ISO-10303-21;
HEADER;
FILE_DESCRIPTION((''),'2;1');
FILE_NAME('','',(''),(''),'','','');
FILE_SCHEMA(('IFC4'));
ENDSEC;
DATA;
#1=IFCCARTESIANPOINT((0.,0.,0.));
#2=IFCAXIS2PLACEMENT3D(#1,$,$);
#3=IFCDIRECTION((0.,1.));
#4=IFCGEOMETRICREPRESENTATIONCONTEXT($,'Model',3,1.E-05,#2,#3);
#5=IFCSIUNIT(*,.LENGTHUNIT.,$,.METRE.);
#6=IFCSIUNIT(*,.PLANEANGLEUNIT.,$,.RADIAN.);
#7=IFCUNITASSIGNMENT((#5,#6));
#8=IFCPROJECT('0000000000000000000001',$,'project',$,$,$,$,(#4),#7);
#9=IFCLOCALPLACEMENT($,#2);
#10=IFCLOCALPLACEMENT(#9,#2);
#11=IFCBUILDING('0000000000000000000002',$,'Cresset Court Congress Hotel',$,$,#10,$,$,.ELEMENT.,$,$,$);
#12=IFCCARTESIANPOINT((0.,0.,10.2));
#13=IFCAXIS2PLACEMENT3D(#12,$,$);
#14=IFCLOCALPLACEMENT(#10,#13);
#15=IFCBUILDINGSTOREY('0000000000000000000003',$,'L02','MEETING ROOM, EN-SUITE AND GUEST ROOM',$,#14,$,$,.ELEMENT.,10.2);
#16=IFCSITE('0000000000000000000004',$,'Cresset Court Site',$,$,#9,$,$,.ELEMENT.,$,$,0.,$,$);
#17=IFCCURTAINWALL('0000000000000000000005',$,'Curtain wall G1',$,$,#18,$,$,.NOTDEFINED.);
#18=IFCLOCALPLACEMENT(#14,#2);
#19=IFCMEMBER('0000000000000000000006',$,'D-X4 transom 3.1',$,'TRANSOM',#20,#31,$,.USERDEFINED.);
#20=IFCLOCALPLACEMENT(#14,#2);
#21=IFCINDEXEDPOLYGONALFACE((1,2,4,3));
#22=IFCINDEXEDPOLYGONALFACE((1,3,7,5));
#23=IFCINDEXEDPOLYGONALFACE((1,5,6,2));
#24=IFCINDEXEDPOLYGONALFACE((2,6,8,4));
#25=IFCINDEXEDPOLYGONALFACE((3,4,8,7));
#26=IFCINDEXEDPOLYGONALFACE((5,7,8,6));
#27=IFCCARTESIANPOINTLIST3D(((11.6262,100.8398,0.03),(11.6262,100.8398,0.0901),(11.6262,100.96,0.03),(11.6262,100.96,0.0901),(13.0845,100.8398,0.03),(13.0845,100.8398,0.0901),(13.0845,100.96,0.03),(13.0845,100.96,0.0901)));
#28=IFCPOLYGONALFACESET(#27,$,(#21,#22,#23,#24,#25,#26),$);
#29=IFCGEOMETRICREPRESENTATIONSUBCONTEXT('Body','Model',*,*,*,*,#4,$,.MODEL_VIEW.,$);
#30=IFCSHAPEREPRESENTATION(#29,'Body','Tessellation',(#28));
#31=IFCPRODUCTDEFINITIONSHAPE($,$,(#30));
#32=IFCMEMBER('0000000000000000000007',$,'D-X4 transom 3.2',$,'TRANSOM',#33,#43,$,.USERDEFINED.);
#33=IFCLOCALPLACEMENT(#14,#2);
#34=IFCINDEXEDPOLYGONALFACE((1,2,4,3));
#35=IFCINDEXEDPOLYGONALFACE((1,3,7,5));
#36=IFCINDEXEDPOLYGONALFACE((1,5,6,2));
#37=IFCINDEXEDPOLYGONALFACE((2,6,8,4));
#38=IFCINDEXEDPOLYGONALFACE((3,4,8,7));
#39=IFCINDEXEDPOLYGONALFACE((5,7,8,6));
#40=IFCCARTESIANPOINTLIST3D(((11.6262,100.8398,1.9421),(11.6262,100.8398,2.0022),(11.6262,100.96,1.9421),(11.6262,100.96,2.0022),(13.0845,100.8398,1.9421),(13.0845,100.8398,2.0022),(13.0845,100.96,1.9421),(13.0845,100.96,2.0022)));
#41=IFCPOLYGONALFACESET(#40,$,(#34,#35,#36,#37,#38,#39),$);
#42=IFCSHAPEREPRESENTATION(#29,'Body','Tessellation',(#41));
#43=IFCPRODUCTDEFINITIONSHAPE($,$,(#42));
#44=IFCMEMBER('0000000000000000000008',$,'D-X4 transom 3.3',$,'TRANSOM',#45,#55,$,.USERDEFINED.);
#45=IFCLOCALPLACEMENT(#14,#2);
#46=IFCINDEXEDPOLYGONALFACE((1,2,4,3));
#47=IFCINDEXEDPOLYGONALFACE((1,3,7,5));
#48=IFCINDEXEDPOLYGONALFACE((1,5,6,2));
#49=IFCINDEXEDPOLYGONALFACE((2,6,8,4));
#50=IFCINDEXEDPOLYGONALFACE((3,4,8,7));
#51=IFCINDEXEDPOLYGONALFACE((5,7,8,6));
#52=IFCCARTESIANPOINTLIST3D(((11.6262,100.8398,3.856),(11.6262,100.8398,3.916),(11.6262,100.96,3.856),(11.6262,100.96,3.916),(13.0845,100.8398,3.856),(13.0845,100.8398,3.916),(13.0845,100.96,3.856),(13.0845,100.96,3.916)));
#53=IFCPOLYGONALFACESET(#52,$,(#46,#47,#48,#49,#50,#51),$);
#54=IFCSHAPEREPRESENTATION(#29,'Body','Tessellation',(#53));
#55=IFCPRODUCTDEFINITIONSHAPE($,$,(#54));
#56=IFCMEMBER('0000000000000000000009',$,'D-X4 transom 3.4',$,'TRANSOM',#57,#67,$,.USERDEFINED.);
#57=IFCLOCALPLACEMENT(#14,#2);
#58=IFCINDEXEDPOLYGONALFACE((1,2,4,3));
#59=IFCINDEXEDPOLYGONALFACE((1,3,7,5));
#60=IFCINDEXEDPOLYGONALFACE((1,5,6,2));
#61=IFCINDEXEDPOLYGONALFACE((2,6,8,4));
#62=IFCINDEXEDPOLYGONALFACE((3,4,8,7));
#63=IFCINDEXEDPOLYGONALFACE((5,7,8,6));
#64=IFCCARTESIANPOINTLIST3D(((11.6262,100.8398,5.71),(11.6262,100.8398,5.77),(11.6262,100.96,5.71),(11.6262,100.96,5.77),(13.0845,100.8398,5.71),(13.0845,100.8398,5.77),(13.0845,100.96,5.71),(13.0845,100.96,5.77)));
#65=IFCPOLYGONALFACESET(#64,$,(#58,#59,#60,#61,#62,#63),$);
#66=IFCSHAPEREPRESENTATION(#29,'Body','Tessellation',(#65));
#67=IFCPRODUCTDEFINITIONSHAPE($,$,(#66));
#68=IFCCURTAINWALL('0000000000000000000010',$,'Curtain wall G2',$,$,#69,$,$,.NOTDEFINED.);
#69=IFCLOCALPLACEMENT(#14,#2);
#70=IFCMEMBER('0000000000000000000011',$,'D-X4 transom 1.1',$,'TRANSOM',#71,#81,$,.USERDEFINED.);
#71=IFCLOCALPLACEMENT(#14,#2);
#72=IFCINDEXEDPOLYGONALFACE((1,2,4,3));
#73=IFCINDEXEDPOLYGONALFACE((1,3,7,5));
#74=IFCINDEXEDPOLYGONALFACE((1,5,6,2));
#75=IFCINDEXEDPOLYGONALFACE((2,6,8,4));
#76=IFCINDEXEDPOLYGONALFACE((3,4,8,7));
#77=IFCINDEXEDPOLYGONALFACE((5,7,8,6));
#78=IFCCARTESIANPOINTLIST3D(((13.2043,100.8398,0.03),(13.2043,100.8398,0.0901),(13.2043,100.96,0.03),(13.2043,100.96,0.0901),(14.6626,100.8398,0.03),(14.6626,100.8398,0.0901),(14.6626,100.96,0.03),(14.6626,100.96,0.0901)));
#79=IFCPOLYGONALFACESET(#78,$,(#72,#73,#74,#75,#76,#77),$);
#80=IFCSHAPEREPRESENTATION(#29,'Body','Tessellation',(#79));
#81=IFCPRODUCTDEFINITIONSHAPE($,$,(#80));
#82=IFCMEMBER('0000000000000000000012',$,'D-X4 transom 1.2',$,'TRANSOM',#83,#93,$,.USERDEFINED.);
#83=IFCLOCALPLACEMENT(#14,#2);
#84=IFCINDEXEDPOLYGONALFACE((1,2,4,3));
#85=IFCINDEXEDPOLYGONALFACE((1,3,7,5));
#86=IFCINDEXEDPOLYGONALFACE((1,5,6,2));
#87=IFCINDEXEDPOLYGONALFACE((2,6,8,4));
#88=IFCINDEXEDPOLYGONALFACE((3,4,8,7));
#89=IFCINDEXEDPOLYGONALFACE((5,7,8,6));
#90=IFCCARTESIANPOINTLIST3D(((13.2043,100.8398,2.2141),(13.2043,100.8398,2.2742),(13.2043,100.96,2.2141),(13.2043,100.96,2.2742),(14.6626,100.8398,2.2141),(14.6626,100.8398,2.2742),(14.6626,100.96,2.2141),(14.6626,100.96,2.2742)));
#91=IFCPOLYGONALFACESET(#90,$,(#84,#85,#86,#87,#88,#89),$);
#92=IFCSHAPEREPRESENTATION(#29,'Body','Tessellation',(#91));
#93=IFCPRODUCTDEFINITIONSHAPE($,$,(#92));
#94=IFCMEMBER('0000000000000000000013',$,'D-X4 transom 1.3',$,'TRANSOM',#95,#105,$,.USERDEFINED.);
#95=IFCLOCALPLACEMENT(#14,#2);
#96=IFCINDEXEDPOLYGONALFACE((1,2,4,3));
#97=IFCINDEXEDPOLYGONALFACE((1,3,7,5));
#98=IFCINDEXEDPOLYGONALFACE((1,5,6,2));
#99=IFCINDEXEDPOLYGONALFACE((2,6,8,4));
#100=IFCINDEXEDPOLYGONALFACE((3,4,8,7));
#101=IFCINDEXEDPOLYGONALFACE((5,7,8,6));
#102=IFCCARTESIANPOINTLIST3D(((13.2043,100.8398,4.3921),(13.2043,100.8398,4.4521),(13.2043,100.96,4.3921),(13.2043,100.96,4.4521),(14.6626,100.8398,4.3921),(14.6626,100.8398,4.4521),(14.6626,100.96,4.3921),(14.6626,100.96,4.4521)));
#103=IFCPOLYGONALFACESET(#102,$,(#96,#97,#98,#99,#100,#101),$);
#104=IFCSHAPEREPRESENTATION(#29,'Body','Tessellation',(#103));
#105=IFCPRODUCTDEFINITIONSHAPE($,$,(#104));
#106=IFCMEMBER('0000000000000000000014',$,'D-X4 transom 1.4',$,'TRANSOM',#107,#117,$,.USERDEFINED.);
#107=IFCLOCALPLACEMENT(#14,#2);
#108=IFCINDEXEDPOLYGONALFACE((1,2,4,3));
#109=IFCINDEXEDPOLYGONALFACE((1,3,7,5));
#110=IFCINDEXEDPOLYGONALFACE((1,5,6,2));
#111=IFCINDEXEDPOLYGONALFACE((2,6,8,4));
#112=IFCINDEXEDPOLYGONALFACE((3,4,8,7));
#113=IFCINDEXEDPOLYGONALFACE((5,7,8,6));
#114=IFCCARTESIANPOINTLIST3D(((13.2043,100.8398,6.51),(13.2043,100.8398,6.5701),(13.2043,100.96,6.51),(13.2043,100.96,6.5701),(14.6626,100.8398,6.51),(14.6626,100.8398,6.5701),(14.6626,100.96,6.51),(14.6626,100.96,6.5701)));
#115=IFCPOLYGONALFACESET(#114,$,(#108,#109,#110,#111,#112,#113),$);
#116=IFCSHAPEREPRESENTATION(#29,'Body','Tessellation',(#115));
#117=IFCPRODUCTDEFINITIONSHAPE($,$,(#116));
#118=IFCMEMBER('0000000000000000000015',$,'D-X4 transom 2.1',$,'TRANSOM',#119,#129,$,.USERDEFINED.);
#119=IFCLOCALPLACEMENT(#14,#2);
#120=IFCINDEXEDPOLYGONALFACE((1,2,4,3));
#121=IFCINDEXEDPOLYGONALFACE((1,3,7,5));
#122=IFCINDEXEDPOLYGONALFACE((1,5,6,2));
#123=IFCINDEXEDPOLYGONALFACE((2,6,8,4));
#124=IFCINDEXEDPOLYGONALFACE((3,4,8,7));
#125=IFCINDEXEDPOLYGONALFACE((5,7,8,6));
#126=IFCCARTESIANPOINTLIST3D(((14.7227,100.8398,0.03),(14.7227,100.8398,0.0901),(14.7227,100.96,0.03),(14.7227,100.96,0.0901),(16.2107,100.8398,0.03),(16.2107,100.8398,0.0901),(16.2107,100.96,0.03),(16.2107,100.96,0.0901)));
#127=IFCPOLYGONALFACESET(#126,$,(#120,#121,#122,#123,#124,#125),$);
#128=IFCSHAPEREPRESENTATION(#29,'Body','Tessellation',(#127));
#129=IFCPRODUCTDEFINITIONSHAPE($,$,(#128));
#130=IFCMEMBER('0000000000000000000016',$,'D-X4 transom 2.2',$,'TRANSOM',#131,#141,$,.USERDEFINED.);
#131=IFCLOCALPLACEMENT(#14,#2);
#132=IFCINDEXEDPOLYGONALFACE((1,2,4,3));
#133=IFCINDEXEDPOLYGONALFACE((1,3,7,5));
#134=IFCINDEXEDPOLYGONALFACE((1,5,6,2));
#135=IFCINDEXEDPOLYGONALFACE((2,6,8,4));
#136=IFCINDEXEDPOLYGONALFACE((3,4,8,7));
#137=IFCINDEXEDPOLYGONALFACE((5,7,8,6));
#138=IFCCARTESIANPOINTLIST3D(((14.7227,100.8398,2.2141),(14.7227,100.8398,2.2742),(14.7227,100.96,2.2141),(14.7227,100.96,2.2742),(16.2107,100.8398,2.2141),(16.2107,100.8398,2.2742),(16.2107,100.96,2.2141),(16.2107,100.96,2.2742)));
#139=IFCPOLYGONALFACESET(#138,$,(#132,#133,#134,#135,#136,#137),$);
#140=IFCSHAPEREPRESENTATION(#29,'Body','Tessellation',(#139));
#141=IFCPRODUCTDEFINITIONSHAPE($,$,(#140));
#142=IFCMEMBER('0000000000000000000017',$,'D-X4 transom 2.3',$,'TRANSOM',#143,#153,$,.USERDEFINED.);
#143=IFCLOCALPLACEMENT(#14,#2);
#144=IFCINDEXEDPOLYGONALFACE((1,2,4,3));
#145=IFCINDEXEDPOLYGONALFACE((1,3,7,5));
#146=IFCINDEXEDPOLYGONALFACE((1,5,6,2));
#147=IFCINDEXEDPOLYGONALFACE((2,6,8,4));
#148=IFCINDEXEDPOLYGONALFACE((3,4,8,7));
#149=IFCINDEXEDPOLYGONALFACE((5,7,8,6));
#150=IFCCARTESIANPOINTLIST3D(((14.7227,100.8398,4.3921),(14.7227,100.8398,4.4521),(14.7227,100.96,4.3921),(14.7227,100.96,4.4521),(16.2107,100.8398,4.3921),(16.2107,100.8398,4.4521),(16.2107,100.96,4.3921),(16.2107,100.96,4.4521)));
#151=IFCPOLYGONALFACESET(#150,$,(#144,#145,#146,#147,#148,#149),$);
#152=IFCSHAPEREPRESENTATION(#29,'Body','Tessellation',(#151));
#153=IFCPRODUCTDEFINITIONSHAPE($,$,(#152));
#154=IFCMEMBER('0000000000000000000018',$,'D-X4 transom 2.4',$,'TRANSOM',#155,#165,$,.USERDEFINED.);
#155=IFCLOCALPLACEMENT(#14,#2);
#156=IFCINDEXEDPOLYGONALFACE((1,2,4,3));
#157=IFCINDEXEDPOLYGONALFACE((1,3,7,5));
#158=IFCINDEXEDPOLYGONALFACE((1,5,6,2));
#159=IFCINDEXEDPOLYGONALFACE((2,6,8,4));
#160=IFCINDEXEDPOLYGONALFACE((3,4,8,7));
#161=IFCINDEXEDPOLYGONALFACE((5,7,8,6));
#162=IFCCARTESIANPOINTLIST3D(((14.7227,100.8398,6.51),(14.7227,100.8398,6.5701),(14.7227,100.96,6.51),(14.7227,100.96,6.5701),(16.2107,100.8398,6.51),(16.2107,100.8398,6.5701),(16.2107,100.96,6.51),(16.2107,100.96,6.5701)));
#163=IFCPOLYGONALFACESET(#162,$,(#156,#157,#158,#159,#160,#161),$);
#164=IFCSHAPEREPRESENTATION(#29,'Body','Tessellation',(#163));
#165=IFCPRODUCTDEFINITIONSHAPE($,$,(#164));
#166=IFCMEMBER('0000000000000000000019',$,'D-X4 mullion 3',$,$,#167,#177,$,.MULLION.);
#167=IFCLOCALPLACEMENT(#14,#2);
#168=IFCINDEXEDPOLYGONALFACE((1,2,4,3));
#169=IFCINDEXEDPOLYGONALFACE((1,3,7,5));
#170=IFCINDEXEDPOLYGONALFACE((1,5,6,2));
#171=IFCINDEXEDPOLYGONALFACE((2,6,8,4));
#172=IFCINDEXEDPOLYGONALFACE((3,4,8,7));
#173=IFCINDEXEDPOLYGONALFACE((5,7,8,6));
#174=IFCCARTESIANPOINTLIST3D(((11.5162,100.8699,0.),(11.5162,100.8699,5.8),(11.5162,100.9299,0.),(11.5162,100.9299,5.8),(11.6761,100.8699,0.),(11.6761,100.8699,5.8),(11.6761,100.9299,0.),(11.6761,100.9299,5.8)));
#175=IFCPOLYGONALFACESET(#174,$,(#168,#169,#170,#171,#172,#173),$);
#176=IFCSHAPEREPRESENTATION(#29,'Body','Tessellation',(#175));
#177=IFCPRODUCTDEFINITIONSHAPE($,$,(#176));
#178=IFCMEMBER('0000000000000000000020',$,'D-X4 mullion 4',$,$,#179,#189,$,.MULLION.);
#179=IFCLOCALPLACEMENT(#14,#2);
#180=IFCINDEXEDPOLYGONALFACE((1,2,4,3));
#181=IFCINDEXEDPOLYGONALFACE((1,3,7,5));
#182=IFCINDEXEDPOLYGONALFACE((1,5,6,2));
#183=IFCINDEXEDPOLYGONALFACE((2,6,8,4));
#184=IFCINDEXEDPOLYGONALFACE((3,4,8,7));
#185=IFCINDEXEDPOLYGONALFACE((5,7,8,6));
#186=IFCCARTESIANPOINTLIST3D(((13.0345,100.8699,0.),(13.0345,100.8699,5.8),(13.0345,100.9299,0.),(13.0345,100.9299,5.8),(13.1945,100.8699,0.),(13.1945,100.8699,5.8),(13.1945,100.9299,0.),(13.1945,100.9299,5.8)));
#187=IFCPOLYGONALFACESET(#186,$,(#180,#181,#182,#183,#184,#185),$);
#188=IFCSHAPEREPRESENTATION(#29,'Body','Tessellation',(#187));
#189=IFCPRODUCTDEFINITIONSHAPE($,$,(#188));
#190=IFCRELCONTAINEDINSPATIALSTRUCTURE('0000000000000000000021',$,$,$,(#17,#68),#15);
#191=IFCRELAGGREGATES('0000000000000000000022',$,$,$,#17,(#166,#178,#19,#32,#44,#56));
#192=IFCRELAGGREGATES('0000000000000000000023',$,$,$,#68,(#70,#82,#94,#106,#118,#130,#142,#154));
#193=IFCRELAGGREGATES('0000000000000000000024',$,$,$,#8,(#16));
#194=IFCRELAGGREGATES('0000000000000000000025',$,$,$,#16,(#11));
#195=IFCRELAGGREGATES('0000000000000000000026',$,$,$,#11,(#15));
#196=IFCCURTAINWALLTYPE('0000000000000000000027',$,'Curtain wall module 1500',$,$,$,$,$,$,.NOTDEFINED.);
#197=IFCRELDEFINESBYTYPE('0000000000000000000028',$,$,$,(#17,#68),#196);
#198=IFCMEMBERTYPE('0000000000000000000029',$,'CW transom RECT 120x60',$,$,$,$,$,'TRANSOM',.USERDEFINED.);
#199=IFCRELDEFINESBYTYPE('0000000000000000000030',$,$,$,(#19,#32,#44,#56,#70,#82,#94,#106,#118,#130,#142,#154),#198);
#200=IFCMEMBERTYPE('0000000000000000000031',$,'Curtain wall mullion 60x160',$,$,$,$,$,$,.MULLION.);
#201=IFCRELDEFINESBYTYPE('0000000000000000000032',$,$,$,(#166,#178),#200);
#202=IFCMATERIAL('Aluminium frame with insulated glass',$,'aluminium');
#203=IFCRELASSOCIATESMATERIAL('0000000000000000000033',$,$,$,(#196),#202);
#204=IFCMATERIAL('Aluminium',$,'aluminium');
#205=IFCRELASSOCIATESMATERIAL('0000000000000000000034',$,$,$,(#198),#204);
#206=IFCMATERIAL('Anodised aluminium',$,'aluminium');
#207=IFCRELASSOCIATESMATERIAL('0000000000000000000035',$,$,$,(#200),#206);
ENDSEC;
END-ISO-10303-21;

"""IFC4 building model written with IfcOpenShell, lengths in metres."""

from ifc_helpers import new_model, si_unit, direction, frame, origin, origin_2d, place, context, subcontext, project, spatial, rectangle, extrude, material, material_profile, profile_set, type_object, element, aggregate, save


model = new_model("IFC4")

# Units and contexts
model_context = context("Model", 3, precision=1e-05, world=origin(), true_north=direction((0.0, 1.0)))
body_context = subcontext(model_context, "Body", "Model", "MODEL_VIEW")
ifc_project = project(units=[si_unit("LENGTHUNIT", "METRE"), si_unit("PLANEANGLEUNIT", "RADIAN")], contexts=[model_context])

# Site, building, storey
site_placement = place(None, origin())
site = spatial("IfcSite", under=ifc_project, at=site_placement, Name="Cresset Court Site", CompositionType="ELEMENT", RefElevation=0.0)
building_placement = place(site_placement, origin())
building = spatial("IfcBuilding", under=site, at=building_placement, Name="Cresset Court Congress Hotel", CompositionType="ELEMENT")
storey_placement = place(building_placement, frame((0.0, 0.0, 10.2)))
storey = spatial("IfcBuildingStorey", under=building, at=storey_placement, Name="L02", Description="MEETING ROOM, EN-SUITE AND GUEST ROOM", CompositionType="ELEMENT", Elevation=10.2)

# Curtain walls, members
ifc_material_1 = material(Name="Aluminium frame with insulated glass", Category="aluminium")
curtain_wall_type = type_object("IfcCurtainWallType", Name="Curtain wall module 1500", PredefinedType="NOTDEFINED", material=ifc_material_1)
curtain_wall_1_placement = place(storey_placement, origin())
curtain_wall_1 = element("IfcCurtainWall", 1, at=curtain_wall_1_placement, inside=storey, type_object=curtain_wall_type, Name="Curtain wall G1", PredefinedType="NOTDEFINED")
ifc_material_2 = material(Name="Aluminium", Category="aluminium")
ifc_material_profile_1 = material_profile(ifc_material_2, rectangle(XDim=0.1201, YDim=0.0601, at=origin_2d()), Name="AL 120x60")
ifc_profile_set_1 = profile_set([ifc_material_profile_1], Name="Aluminium")
member_type_1 = type_object("IfcMemberType", Name="CW transom RECT 120x60", ElementType="TRANSOM", PredefinedType="USERDEFINED", material=ifc_profile_set_1)
member_1_placement = place(storey_placement, frame((11.6262, 100.8999, 0.0601), z_axis=(1.0, 0.0, 0.0), x_axis=(0.0, 1.0, 0.0)))
member_1 = element("IfcMember", 2, at=member_1_placement, type_object=member_type_1, Name="D-X4 transom 3.1", ObjectType="TRANSOM", PredefinedType="USERDEFINED", context=body_context, shape_type="SweptSolid", body=[
    extrude(rectangle(XDim=0.1201, YDim=0.0601, at=origin_2d()), origin(), (0.0, 0.0, 1.0), 1.4583),
])
member_2_placement = place(storey_placement, frame((11.6262, 100.8999, 1.9722), z_axis=(1.0, 0.0, 0.0), x_axis=(0.0, 1.0, 0.0)))
member_2 = element("IfcMember", 3, at=member_2_placement, type_object=member_type_1, Name="D-X4 transom 3.2", ObjectType="TRANSOM", PredefinedType="USERDEFINED", context=body_context, shape_type="SweptSolid", body=[
    extrude(rectangle(XDim=0.1201, YDim=0.0601, at=origin_2d()), origin(), (0.0, 0.0, 1.0), 1.4583),
])
member_3_placement = place(storey_placement, frame((11.6262, 100.8999, 3.886), z_axis=(1.0, 0.0, 0.0), x_axis=(0.0, 1.0, 0.0)))
member_3 = element("IfcMember", 4, at=member_3_placement, type_object=member_type_1, Name="D-X4 transom 3.3", ObjectType="TRANSOM", PredefinedType="USERDEFINED", context=body_context, shape_type="SweptSolid", body=[
    extrude(rectangle(XDim=0.1201, YDim=0.0601, at=origin_2d()), origin(), (0.0, 0.0, 1.0), 1.4583),
])
member_4_placement = place(storey_placement, frame((11.6262, 100.8999, 5.74), z_axis=(1.0, 0.0, 0.0), x_axis=(0.0, 1.0, 0.0)))
member_4 = element("IfcMember", 5, at=member_4_placement, type_object=member_type_1, Name="D-X4 transom 3.4", ObjectType="TRANSOM", PredefinedType="USERDEFINED", context=body_context, shape_type="SweptSolid", body=[
    extrude(rectangle(XDim=0.1201, YDim=0.0601, at=origin_2d()), origin(), (0.0, 0.0, 1.0), 1.4583),
])
curtain_wall_2_placement = place(storey_placement, origin())
curtain_wall_2 = element("IfcCurtainWall", 6, at=curtain_wall_2_placement, inside=storey, type_object=curtain_wall_type, Name="Curtain wall G2", PredefinedType="NOTDEFINED")
member_5_placement = place(storey_placement, frame((13.2043, 100.8999, 0.0601), z_axis=(1.0, 0.0, 0.0), x_axis=(0.0, 1.0, 0.0)))
member_5 = element("IfcMember", 7, at=member_5_placement, type_object=member_type_1, Name="D-X4 transom 1.1", ObjectType="TRANSOM", PredefinedType="USERDEFINED", context=body_context, shape_type="SweptSolid", body=[
    extrude(rectangle(XDim=0.1201, YDim=0.0601, at=origin_2d()), origin(), (0.0, 0.0, 1.0), 1.4583),
])
member_6_placement = place(storey_placement, frame((13.2043, 100.8999, 2.2441), z_axis=(1.0, 0.0, 0.0), x_axis=(0.0, 1.0, 0.0)))
member_6 = element("IfcMember", 8, at=member_6_placement, type_object=member_type_1, Name="D-X4 transom 1.2", ObjectType="TRANSOM", PredefinedType="USERDEFINED", context=body_context, shape_type="SweptSolid", body=[
    extrude(rectangle(XDim=0.1201, YDim=0.0601, at=origin_2d()), origin(), (0.0, 0.0, 1.0), 1.4583),
])
member_7_placement = place(storey_placement, frame((13.2043, 100.8999, 4.4221), z_axis=(1.0, 0.0, 0.0), x_axis=(0.0, 1.0, 0.0)))
member_7 = element("IfcMember", 9, at=member_7_placement, type_object=member_type_1, Name="D-X4 transom 1.3", ObjectType="TRANSOM", PredefinedType="USERDEFINED", context=body_context, shape_type="SweptSolid", body=[
    extrude(rectangle(XDim=0.1201, YDim=0.0601, at=origin_2d()), origin(), (0.0, 0.0, 1.0), 1.4583),
])
member_8_placement = place(storey_placement, frame((13.2043, 100.8999, 6.54), z_axis=(1.0, 0.0, 0.0), x_axis=(0.0, 1.0, 0.0)))
member_8 = element("IfcMember", 10, at=member_8_placement, type_object=member_type_1, Name="D-X4 transom 1.4", ObjectType="TRANSOM", PredefinedType="USERDEFINED", context=body_context, shape_type="SweptSolid", body=[
    extrude(rectangle(XDim=0.1201, YDim=0.0601, at=origin_2d()), origin(), (0.0, 0.0, 1.0), 1.4583),
])
member_9_placement = place(storey_placement, frame((14.7227, 100.8999, 0.0601), z_axis=(1.0, 0.0, 0.0), x_axis=(0.0, 1.0, 0.0)))
member_9 = element("IfcMember", 11, at=member_9_placement, type_object=member_type_1, Name="D-X4 transom 2.1", ObjectType="TRANSOM", PredefinedType="USERDEFINED", context=body_context, shape_type="SweptSolid", body=[
    extrude(rectangle(XDim=0.1201, YDim=0.0601, at=origin_2d()), origin(), (0.0, 0.0, 1.0), 1.488),
])
member_10_placement = place(storey_placement, frame((14.7227, 100.8999, 2.2441), z_axis=(1.0, 0.0, 0.0), x_axis=(0.0, 1.0, 0.0)))
member_10 = element("IfcMember", 12, at=member_10_placement, type_object=member_type_1, Name="D-X4 transom 2.2", ObjectType="TRANSOM", PredefinedType="USERDEFINED", context=body_context, shape_type="SweptSolid", body=[
    extrude(rectangle(XDim=0.1201, YDim=0.0601, at=origin_2d()), origin(), (0.0, 0.0, 1.0), 1.488),
])
member_11_placement = place(storey_placement, frame((14.7227, 100.8999, 4.4221), z_axis=(1.0, 0.0, 0.0), x_axis=(0.0, 1.0, 0.0)))
member_11 = element("IfcMember", 13, at=member_11_placement, type_object=member_type_1, Name="D-X4 transom 2.3", ObjectType="TRANSOM", PredefinedType="USERDEFINED", context=body_context, shape_type="SweptSolid", body=[
    extrude(rectangle(XDim=0.1201, YDim=0.0601, at=origin_2d()), origin(), (0.0, 0.0, 1.0), 1.488),
])
member_12_placement = place(storey_placement, frame((14.7227, 100.8999, 6.54), z_axis=(1.0, 0.0, 0.0), x_axis=(0.0, 1.0, 0.0)))
member_12 = element("IfcMember", 14, at=member_12_placement, type_object=member_type_1, Name="D-X4 transom 2.4", ObjectType="TRANSOM", PredefinedType="USERDEFINED", context=body_context, shape_type="SweptSolid", body=[
    extrude(rectangle(XDim=0.1201, YDim=0.0601, at=origin_2d()), origin(), (0.0, 0.0, 1.0), 1.488),
])

# Members
ifc_material_3 = material(Name="Anodised aluminium", Category="aluminium")
ifc_material_profile_2 = material_profile(ifc_material_3, rectangle(XDim=0.0601, YDim=0.1599, at=origin_2d()), Name="AL60x160")
ifc_profile_set_2 = profile_set([ifc_material_profile_2], Name="Anodised aluminium")
member_type_2 = type_object("IfcMemberType", Name="Curtain wall mullion 60x160", PredefinedType="MULLION", material=ifc_profile_set_2)
member_13_placement = place(storey_placement, frame((11.5962, 100.8999, 0.0), z_axis=(0.0, 0.0, 1.0), x_axis=(0.0, 1.0, 0.0)))
member_13 = element("IfcMember", 15, at=member_13_placement, type_object=member_type_2, Name="D-X4 mullion 3", PredefinedType="MULLION", context=body_context, shape_type="SweptSolid", body=[
    extrude(rectangle(XDim=0.0601, YDim=0.1599, at=origin_2d()), origin(), (0.0, 0.0, 1.0), 5.8),
])
member_14_placement = place(storey_placement, frame((13.1145, 100.8999, 0.0), z_axis=(0.0, 0.0, 1.0), x_axis=(0.0, 1.0, 0.0)))
member_14 = element("IfcMember", 16, at=member_14_placement, type_object=member_type_2, Name="D-X4 mullion 4", PredefinedType="MULLION", context=body_context, shape_type="SweptSolid", body=[
    extrude(rectangle(XDim=0.0601, YDim=0.1599, at=origin_2d()), origin(), (0.0, 0.0, 1.0), 5.8),
])

aggregate(curtain_wall_1, [member_13, member_14, member_1, member_2, member_3, member_4])
aggregate(curtain_wall_2, [member_5, member_6, member_7, member_8, member_9, member_10, member_11, member_12])

save(model, "model.ifc")
